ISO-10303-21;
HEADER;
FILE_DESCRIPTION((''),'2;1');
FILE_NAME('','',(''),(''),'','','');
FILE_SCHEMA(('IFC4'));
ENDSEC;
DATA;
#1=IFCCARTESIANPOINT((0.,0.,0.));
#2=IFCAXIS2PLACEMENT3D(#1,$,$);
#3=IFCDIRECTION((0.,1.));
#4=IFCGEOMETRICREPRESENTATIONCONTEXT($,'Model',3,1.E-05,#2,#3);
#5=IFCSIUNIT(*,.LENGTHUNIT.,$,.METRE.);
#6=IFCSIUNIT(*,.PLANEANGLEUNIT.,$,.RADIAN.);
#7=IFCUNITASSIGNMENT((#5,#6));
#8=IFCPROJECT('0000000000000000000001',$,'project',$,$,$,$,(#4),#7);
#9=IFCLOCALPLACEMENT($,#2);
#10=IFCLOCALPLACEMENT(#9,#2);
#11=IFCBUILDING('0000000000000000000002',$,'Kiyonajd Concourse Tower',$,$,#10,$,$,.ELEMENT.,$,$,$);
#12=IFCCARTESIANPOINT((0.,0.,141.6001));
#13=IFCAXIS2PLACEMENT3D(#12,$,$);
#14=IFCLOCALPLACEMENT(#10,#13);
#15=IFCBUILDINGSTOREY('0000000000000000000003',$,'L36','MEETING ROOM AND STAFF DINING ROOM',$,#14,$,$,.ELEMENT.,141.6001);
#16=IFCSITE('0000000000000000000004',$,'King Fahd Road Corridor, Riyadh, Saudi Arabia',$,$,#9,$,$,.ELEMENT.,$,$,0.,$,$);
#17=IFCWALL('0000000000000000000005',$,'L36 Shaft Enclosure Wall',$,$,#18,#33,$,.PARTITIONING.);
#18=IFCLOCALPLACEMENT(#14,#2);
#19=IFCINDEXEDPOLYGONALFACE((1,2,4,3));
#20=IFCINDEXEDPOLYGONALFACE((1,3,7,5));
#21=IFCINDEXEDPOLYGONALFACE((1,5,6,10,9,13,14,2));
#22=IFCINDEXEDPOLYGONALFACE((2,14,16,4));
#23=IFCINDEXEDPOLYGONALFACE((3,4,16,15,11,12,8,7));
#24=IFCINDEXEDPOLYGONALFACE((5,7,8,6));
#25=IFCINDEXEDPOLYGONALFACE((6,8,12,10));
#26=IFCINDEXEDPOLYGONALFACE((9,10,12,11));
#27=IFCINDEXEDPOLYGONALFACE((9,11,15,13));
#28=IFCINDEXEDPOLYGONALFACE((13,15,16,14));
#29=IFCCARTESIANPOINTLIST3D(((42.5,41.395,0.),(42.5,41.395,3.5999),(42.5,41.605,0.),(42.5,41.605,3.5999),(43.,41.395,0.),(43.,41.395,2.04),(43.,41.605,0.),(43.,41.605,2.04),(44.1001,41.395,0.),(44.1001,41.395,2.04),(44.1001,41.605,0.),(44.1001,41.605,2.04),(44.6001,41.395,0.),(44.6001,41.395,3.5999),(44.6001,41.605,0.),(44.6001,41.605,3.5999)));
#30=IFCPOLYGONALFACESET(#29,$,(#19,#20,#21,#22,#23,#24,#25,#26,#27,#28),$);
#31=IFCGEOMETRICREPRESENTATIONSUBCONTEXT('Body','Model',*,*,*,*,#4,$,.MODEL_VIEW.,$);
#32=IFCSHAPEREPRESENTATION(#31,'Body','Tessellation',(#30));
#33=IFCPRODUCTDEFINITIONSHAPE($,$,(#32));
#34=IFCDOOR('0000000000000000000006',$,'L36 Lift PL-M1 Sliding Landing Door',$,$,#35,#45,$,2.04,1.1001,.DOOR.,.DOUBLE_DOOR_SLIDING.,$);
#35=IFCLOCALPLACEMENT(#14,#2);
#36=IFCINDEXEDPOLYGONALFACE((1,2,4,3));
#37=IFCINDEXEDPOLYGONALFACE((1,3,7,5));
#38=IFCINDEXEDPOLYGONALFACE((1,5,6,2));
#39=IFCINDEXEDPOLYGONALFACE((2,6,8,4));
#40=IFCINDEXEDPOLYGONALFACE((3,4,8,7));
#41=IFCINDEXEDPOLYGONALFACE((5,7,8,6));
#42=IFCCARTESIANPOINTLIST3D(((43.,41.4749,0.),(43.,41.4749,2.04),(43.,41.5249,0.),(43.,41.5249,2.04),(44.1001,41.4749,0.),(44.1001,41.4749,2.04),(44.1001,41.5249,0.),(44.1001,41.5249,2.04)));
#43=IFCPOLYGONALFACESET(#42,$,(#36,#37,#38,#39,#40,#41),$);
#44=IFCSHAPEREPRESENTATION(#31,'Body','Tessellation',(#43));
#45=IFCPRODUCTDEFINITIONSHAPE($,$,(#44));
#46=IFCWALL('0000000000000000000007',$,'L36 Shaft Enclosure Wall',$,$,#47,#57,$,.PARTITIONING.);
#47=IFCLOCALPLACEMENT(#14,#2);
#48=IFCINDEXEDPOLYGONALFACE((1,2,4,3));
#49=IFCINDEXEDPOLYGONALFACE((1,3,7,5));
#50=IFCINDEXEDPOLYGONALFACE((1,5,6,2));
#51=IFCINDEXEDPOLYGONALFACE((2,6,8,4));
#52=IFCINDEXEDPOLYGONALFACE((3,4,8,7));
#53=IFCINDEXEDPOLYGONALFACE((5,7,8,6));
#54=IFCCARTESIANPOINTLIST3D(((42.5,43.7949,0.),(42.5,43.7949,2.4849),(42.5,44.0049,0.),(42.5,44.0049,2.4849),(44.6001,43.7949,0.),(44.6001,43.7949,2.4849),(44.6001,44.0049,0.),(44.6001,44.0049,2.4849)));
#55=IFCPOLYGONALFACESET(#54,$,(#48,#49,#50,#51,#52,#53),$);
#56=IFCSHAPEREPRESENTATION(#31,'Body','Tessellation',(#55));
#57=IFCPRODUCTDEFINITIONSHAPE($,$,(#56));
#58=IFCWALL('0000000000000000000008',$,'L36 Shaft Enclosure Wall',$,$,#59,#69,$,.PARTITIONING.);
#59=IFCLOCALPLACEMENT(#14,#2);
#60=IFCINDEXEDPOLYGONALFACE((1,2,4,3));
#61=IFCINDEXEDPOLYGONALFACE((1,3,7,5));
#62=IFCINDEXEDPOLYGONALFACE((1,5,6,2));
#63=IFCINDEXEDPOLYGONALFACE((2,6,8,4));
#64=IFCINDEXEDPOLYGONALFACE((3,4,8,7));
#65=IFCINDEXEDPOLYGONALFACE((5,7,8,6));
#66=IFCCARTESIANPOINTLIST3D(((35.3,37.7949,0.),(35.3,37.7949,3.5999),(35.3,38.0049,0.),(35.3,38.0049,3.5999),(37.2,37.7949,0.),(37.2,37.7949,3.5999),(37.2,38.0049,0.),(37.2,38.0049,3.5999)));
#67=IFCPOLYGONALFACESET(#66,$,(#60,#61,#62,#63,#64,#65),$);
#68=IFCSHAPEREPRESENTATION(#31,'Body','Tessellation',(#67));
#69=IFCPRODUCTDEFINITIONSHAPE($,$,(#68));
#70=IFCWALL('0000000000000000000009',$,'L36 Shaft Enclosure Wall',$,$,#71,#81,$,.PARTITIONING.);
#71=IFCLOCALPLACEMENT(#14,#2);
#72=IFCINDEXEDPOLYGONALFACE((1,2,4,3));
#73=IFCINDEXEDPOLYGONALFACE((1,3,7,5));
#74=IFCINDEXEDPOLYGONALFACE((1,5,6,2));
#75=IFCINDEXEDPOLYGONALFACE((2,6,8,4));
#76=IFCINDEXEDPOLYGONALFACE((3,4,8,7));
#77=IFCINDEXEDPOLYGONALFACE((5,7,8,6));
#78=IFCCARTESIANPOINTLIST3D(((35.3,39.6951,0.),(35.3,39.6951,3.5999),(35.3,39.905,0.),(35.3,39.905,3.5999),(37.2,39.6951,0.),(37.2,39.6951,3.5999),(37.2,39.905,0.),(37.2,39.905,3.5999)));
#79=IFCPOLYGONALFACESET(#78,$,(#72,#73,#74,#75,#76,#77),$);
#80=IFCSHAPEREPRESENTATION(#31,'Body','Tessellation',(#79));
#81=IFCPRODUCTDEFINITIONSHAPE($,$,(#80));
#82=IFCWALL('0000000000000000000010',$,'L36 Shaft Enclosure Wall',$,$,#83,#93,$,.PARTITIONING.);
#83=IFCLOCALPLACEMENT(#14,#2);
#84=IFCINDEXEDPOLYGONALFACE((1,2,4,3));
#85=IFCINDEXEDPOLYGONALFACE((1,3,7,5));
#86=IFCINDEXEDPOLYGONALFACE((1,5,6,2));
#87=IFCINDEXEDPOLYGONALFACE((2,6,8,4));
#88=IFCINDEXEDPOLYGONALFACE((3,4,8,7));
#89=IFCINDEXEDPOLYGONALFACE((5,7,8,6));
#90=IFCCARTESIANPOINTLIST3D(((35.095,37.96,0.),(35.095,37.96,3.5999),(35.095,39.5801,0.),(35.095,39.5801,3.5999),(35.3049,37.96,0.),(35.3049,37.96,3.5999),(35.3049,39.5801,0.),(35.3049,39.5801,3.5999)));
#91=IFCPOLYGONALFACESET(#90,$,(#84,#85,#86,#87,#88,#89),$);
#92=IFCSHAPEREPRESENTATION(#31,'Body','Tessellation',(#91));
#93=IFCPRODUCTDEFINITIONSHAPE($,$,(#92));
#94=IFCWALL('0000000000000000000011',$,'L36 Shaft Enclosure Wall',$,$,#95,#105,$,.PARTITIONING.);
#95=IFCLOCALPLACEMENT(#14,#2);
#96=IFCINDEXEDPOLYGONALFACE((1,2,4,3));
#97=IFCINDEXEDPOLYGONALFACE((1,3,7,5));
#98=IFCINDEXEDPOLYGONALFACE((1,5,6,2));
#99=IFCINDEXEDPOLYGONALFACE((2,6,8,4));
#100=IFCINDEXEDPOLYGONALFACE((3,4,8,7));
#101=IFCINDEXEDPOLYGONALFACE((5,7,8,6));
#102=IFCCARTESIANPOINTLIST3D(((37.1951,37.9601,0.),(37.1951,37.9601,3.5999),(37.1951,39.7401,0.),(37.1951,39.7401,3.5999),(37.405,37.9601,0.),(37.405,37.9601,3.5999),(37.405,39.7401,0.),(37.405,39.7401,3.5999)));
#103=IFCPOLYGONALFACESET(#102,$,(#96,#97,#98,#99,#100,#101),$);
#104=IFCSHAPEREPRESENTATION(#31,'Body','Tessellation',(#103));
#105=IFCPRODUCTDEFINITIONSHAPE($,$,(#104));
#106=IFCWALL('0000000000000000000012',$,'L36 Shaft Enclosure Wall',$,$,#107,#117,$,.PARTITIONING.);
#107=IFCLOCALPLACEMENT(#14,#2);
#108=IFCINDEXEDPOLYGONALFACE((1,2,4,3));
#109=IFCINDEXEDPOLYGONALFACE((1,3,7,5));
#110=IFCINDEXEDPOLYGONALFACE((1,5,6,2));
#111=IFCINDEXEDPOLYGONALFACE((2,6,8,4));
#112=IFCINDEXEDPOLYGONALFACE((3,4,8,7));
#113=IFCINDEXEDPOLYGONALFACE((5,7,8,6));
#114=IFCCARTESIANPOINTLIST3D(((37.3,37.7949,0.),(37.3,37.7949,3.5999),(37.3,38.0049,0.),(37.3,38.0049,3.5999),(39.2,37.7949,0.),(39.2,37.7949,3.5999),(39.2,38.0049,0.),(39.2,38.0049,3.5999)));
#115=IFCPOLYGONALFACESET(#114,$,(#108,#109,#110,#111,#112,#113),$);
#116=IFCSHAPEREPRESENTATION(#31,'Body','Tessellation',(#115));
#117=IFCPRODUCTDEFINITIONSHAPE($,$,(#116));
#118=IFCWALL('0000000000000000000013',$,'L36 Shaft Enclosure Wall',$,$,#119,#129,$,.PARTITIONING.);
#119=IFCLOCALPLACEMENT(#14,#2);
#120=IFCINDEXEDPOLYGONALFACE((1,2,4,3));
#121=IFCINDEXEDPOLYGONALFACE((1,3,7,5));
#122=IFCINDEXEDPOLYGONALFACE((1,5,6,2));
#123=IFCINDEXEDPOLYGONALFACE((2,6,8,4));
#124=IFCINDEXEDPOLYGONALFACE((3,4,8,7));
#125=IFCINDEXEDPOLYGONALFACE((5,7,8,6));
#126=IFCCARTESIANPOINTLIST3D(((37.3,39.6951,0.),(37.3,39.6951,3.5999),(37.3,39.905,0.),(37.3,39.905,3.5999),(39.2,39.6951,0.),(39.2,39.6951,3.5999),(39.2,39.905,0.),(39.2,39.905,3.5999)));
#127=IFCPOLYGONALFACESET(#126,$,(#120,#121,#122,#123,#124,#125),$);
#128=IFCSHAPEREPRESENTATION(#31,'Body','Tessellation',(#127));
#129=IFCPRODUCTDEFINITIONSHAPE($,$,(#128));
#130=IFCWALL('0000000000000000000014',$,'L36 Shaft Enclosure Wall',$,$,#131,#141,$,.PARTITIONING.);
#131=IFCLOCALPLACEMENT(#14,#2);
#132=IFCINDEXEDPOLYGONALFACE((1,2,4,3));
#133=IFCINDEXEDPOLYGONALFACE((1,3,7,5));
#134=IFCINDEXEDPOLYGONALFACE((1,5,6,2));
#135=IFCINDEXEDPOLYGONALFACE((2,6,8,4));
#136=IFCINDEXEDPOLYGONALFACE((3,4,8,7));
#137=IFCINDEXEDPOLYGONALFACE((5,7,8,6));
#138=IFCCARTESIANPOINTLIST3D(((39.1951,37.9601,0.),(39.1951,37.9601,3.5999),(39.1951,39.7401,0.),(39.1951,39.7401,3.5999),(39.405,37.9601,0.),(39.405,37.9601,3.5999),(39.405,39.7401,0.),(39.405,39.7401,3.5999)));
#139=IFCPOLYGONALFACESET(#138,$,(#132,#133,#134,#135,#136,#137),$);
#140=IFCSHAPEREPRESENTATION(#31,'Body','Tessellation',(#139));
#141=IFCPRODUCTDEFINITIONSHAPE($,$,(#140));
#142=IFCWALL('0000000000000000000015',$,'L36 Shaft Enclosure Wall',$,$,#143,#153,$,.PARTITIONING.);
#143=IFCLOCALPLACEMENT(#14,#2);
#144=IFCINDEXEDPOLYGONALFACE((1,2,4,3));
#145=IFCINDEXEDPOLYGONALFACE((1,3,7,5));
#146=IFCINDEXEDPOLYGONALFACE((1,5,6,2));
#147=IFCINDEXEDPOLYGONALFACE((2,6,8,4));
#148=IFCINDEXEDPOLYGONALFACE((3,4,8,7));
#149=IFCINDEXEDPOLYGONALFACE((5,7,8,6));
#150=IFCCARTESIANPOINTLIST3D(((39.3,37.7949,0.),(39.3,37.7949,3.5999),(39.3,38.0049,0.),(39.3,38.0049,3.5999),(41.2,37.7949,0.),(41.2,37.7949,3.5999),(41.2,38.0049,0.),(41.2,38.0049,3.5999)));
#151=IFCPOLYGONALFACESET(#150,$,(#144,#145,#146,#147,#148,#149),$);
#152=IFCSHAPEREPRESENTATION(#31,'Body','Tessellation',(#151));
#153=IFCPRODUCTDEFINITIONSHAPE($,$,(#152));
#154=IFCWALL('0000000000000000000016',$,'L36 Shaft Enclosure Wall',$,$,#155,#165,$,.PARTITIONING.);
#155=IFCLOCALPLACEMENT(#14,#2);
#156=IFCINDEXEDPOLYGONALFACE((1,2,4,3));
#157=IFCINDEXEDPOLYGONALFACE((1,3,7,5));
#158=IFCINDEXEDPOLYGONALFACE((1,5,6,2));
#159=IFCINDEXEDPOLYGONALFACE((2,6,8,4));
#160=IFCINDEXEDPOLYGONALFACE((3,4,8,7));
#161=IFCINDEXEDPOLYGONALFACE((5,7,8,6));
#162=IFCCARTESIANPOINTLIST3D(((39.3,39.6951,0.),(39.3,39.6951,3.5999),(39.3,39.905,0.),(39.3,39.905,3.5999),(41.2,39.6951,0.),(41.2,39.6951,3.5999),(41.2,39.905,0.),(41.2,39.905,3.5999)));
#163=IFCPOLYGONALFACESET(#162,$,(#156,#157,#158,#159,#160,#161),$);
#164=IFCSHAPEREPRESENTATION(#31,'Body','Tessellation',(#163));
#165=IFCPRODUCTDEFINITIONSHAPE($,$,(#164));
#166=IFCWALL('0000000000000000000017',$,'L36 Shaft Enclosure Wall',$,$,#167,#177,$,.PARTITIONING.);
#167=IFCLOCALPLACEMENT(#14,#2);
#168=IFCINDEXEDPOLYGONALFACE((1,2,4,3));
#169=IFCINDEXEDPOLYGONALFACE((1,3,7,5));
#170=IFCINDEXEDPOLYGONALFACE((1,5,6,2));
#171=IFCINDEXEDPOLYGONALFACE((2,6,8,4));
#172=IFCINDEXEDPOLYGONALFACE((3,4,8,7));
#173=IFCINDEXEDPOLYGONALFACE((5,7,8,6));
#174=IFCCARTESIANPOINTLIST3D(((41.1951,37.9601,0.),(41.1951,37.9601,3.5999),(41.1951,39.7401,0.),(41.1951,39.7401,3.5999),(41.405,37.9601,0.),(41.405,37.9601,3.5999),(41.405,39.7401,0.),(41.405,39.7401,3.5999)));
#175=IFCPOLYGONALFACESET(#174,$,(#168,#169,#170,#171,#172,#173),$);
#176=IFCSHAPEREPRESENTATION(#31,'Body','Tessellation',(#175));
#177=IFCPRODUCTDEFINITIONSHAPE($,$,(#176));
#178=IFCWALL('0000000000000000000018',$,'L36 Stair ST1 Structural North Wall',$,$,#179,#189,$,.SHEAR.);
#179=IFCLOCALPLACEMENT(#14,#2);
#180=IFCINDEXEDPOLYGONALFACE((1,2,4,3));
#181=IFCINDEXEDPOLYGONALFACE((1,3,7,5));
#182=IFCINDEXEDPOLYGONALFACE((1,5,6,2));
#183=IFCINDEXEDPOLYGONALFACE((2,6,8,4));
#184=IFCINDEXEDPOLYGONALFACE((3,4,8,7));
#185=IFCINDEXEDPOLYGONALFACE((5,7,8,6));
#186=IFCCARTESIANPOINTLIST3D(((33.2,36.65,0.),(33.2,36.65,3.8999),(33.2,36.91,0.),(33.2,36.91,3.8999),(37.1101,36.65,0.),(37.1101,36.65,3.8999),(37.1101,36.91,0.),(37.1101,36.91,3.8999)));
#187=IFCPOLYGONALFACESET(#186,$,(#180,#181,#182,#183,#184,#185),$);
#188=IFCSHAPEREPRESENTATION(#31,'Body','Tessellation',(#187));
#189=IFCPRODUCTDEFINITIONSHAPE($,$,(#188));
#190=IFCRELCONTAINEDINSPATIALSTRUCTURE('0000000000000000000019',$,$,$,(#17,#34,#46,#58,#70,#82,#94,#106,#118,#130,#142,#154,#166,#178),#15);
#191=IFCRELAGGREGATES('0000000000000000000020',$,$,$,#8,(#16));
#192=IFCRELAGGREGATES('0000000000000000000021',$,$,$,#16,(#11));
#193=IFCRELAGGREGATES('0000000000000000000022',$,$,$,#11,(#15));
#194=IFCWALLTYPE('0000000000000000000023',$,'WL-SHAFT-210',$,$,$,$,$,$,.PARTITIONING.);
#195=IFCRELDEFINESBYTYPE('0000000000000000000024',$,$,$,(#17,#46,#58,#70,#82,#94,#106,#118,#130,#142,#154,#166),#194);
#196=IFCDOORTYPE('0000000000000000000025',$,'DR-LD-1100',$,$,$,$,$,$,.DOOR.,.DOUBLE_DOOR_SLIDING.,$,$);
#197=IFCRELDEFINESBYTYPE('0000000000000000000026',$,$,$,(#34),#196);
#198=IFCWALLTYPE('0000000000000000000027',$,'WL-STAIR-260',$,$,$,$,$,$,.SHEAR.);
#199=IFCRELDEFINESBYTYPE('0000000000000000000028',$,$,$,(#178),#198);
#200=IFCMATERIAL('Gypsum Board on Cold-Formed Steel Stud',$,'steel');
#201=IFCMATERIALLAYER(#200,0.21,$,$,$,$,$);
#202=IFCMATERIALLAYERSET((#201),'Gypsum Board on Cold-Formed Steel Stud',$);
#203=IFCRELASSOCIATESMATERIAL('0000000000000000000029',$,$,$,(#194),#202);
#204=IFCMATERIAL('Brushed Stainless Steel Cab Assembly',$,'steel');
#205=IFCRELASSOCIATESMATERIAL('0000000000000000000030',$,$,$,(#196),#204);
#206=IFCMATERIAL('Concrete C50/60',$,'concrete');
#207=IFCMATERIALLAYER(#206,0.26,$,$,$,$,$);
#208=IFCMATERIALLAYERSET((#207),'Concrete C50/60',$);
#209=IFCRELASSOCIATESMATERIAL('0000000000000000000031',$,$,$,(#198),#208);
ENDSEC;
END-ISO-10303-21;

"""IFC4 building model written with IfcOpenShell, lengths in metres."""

from ifc_helpers import new_model, si_unit, direction, frame, frame_2d, origin, place, context, subcontext, project, spatial, rectangle, extrude, material, layer, layer_set, type_object, element, fill, save


model = new_model("IFC4")

# Units and contexts
model_context = context("Model", 3, precision=1e-05, world=origin(), true_north=direction((0.0, 1.0)))
body_context = subcontext(model_context, "Body", "Model", "MODEL_VIEW")
ifc_project = project(units=[si_unit("LENGTHUNIT", "METRE"), si_unit("PLANEANGLEUNIT", "RADIAN")], contexts=[model_context])

# Site, building, storey
site_placement = place(None, origin())
site = spatial("IfcSite", under=ifc_project, at=site_placement, Name="King Fahd Road Corridor, Riyadh, Saudi Arabia", CompositionType="ELEMENT", RefElevation=0.0)
building_placement = place(site_placement, origin())
building = spatial("IfcBuilding", under=site, at=building_placement, Name="Kiyonajd Concourse Tower", CompositionType="ELEMENT")
storey_placement = place(building_placement, frame((0.0, 0.0, 141.6001)))
storey = spatial("IfcBuildingStorey", under=building, at=storey_placement, Name="L36", Description="MEETING ROOM AND STAFF DINING ROOM", CompositionType="ELEMENT", Elevation=141.6001)

# Shared definitions
ifc_material_1 = material(Name="Gypsum Board on Cold-Formed Steel Stud", Category="steel")
ifc_layer_1 = layer(ifc_material_1, 0.21)
ifc_layer_set_1 = layer_set([ifc_layer_1], Name="Gypsum Board on Cold-Formed Steel Stud")
wall_type_1 = type_object("IfcWallType", Name="WL-SHAFT-210", PredefinedType="PARTITIONING", material=ifc_layer_set_1)

# Wall, opening, door
wall_1_placement = place(storey_placement, frame((42.5, 41.5, 0.0), z_axis=(0.0, 0.0, 1.0), x_axis=(1.0, 0.0, 0.0)))
wall_1 = element("IfcWall", 1, at=wall_1_placement, inside=storey, type_object=wall_type_1, Name="L36 Shaft Enclosure Wall", PredefinedType="PARTITIONING", context=body_context, shape_type="SweptSolid", body=[
    extrude(rectangle(XDim=2.1001, YDim=0.21, at=frame_2d((1.05, 0.0))), origin(), (0.0, 0.0, 1.0), 3.5999),
])
opening_1_placement = place(wall_1_placement, frame((0.5, 0.0, 0.0)))
opening_1 = element("IfcOpeningElement", 2, at=opening_1_placement, cuts=wall_1, PredefinedType="OPENING", context=body_context, shape_type="SweptSolid", body=[
    extrude(rectangle(XDim=1.1001, YDim=2.04, at=frame_2d((0.55, 1.02))), frame((0.0, 0.115, 0.0), z_axis=(0.0, -1.0, 0.0), x_axis=(1.0, 0.0, 0.0)), (0.0, 0.0, 1.0), 0.23),
])
ifc_material_2 = material(Name="Brushed Stainless Steel Cab Assembly", Category="steel")
door_type_1 = type_object("IfcDoorType", Name="DR-LD-1100", OperationType="DOUBLE_DOOR_SLIDING", PredefinedType="DOOR", material=ifc_material_2)
door_1_placement = place(opening_1_placement, origin())
door_1 = element("IfcDoor", 3, at=door_1_placement, inside=storey, type_object=door_type_1, Name="L36 Lift PL-M1 Sliding Landing Door", OperationType="DOUBLE_DOOR_SLIDING", OverallHeight=2.04, OverallWidth=1.1001, PredefinedType="DOOR", context=body_context, shape_type="SweptSolid", body=[
    extrude(rectangle(XDim=1.1001, YDim=2.04, at=frame_2d((0.55, 1.02))), frame((0.0, 0.0249, 0.0), z_axis=(0.0, -1.0, 0.0), x_axis=(1.0, 0.0, 0.0)), (0.0, 0.0, 1.0), 0.05),
])
fill(opening_1, door_1)

# Walls
wall_2_placement = place(storey_placement, frame((42.5, 43.8999, 0.0), z_axis=(0.0, 0.0, 1.0), x_axis=(1.0, 0.0, 0.0)))
element("IfcWall", 4, at=wall_2_placement, inside=storey, type_object=wall_type_1, Name="L36 Shaft Enclosure Wall", PredefinedType="PARTITIONING", context=body_context, shape_type="SweptSolid", body=[
    extrude(rectangle(XDim=2.1001, YDim=0.21, at=frame_2d((1.05, 0.0))), origin(), (0.0, 0.0, 1.0), 2.4849),
])
for number, where, z_axis, x_axis, name in (
    (5, (35.3, 37.8999, 0.0), (0.0, 0.0, 1.0), (1.0, 0.0, 0.0), "L36 Shaft Enclosure Wall"),
    (6, (35.3, 39.8, 0.0), (0.0, 0.0, 1.0), (1.0, 0.0, 0.0), "L36 Shaft Enclosure Wall"),
):
    element("IfcWall", number, at=place(storey_placement, frame(where, z_axis=z_axis, x_axis=x_axis)), inside=storey, type_object=wall_type_1, Name=name, PredefinedType="PARTITIONING", context=body_context, shape_type="SweptSolid", body=[
        extrude(rectangle(XDim=1.8999, YDim=0.21, at=frame_2d((0.95, 0.0))), origin(), (0.0, 0.0, 1.0), 3.5999),
    ])
wall_3_placement = place(storey_placement, frame((35.2, 37.96, 0.0), z_axis=(0.0, 0.0, 1.0), x_axis=(0.0, 1.0, 0.0)))
element("IfcWall", 7, at=wall_3_placement, inside=storey, type_object=wall_type_1, Name="L36 Shaft Enclosure Wall", PredefinedType="PARTITIONING", context=body_context, shape_type="SweptSolid", body=[
    extrude(rectangle(XDim=1.6201, YDim=0.21, at=frame_2d((0.8101, 0.0))), origin(), (0.0, 0.0, 1.0), 3.5999),
])
wall_4_placement = place(storey_placement, frame((37.3, 37.96, 0.0), z_axis=(0.0, 0.0, 1.0), x_axis=(0.0, 1.0, 0.0)))
element("IfcWall", 8, at=wall_4_placement, inside=storey, type_object=wall_type_1, Name="L36 Shaft Enclosure Wall", PredefinedType="PARTITIONING", context=body_context, shape_type="SweptSolid", body=[
    extrude(rectangle(XDim=1.78, YDim=0.21, at=frame_2d((0.8901, 0.0))), origin(), (0.0, 0.0, 1.0), 3.5999),
])
for number, where, z_axis, x_axis, name in (
    (9, (37.3, 37.8999, 0.0), (0.0, 0.0, 1.0), (1.0, 0.0, 0.0), "L36 Shaft Enclosure Wall"),
    (10, (37.3, 39.8, 0.0), (0.0, 0.0, 1.0), (1.0, 0.0, 0.0), "L36 Shaft Enclosure Wall"),
):
    element("IfcWall", number, at=place(storey_placement, frame(where, z_axis=z_axis, x_axis=x_axis)), inside=storey, type_object=wall_type_1, Name=name, PredefinedType="PARTITIONING", context=body_context, shape_type="SweptSolid", body=[
        extrude(rectangle(XDim=1.8999, YDim=0.21, at=frame_2d((0.95, 0.0))), origin(), (0.0, 0.0, 1.0), 3.5999),
    ])
wall_5_placement = place(storey_placement, frame((39.3, 37.96, 0.0), z_axis=(0.0, 0.0, 1.0), x_axis=(0.0, 1.0, 0.0)))
element("IfcWall", 11, at=wall_5_placement, inside=storey, type_object=wall_type_1, Name="L36 Shaft Enclosure Wall", PredefinedType="PARTITIONING", context=body_context, shape_type="SweptSolid", body=[
    extrude(rectangle(XDim=1.78, YDim=0.21, at=frame_2d((0.8901, 0.0))), origin(), (0.0, 0.0, 1.0), 3.5999),
])
for number, where, z_axis, x_axis, name in (
    (12, (39.3, 37.8999, 0.0), (0.0, 0.0, 1.0), (1.0, 0.0, 0.0), "L36 Shaft Enclosure Wall"),
    (13, (39.3, 39.8, 0.0), (0.0, 0.0, 1.0), (1.0, 0.0, 0.0), "L36 Shaft Enclosure Wall"),
):
    element("IfcWall", number, at=place(storey_placement, frame(where, z_axis=z_axis, x_axis=x_axis)), inside=storey, type_object=wall_type_1, Name=name, PredefinedType="PARTITIONING", context=body_context, shape_type="SweptSolid", body=[
        extrude(rectangle(XDim=1.8999, YDim=0.21, at=frame_2d((0.95, 0.0))), origin(), (0.0, 0.0, 1.0), 3.5999),
    ])
wall_6_placement = place(storey_placement, frame((41.3, 37.96, 0.0), z_axis=(0.0, 0.0, 1.0), x_axis=(0.0, 1.0, 0.0)))
element("IfcWall", 14, at=wall_6_placement, inside=storey, type_object=wall_type_1, Name="L36 Shaft Enclosure Wall", PredefinedType="PARTITIONING", context=body_context, shape_type="SweptSolid", body=[
    extrude(rectangle(XDim=1.78, YDim=0.21, at=frame_2d((0.8901, 0.0))), origin(), (0.0, 0.0, 1.0), 3.5999),
])
ifc_material_3 = material(Name="Concrete C50/60", Category="concrete")
ifc_layer_2 = layer(ifc_material_3, 0.26)
ifc_layer_set_2 = layer_set([ifc_layer_2], Name="Concrete C50/60")
wall_type_2 = type_object("IfcWallType", Name="WL-STAIR-260", PredefinedType="SHEAR", material=ifc_layer_set_2)
wall_7_placement = place(storey_placement, frame((33.2, 36.78, 0.0), z_axis=(0.0, 0.0, 1.0), x_axis=(1.0, 0.0, 0.0)))
element("IfcWall", 15, at=wall_7_placement, inside=storey, type_object=wall_type_2, Name="L36 Stair ST1 Structural North Wall", PredefinedType="SHEAR", context=body_context, shape_type="SweptSolid", body=[
    extrude(rectangle(XDim=3.9102, YDim=0.26, at=frame_2d((1.9551, 0.0))), origin(), (0.0, 0.0, 1.0), 3.8999),
])

save(model, "model.ifc")
